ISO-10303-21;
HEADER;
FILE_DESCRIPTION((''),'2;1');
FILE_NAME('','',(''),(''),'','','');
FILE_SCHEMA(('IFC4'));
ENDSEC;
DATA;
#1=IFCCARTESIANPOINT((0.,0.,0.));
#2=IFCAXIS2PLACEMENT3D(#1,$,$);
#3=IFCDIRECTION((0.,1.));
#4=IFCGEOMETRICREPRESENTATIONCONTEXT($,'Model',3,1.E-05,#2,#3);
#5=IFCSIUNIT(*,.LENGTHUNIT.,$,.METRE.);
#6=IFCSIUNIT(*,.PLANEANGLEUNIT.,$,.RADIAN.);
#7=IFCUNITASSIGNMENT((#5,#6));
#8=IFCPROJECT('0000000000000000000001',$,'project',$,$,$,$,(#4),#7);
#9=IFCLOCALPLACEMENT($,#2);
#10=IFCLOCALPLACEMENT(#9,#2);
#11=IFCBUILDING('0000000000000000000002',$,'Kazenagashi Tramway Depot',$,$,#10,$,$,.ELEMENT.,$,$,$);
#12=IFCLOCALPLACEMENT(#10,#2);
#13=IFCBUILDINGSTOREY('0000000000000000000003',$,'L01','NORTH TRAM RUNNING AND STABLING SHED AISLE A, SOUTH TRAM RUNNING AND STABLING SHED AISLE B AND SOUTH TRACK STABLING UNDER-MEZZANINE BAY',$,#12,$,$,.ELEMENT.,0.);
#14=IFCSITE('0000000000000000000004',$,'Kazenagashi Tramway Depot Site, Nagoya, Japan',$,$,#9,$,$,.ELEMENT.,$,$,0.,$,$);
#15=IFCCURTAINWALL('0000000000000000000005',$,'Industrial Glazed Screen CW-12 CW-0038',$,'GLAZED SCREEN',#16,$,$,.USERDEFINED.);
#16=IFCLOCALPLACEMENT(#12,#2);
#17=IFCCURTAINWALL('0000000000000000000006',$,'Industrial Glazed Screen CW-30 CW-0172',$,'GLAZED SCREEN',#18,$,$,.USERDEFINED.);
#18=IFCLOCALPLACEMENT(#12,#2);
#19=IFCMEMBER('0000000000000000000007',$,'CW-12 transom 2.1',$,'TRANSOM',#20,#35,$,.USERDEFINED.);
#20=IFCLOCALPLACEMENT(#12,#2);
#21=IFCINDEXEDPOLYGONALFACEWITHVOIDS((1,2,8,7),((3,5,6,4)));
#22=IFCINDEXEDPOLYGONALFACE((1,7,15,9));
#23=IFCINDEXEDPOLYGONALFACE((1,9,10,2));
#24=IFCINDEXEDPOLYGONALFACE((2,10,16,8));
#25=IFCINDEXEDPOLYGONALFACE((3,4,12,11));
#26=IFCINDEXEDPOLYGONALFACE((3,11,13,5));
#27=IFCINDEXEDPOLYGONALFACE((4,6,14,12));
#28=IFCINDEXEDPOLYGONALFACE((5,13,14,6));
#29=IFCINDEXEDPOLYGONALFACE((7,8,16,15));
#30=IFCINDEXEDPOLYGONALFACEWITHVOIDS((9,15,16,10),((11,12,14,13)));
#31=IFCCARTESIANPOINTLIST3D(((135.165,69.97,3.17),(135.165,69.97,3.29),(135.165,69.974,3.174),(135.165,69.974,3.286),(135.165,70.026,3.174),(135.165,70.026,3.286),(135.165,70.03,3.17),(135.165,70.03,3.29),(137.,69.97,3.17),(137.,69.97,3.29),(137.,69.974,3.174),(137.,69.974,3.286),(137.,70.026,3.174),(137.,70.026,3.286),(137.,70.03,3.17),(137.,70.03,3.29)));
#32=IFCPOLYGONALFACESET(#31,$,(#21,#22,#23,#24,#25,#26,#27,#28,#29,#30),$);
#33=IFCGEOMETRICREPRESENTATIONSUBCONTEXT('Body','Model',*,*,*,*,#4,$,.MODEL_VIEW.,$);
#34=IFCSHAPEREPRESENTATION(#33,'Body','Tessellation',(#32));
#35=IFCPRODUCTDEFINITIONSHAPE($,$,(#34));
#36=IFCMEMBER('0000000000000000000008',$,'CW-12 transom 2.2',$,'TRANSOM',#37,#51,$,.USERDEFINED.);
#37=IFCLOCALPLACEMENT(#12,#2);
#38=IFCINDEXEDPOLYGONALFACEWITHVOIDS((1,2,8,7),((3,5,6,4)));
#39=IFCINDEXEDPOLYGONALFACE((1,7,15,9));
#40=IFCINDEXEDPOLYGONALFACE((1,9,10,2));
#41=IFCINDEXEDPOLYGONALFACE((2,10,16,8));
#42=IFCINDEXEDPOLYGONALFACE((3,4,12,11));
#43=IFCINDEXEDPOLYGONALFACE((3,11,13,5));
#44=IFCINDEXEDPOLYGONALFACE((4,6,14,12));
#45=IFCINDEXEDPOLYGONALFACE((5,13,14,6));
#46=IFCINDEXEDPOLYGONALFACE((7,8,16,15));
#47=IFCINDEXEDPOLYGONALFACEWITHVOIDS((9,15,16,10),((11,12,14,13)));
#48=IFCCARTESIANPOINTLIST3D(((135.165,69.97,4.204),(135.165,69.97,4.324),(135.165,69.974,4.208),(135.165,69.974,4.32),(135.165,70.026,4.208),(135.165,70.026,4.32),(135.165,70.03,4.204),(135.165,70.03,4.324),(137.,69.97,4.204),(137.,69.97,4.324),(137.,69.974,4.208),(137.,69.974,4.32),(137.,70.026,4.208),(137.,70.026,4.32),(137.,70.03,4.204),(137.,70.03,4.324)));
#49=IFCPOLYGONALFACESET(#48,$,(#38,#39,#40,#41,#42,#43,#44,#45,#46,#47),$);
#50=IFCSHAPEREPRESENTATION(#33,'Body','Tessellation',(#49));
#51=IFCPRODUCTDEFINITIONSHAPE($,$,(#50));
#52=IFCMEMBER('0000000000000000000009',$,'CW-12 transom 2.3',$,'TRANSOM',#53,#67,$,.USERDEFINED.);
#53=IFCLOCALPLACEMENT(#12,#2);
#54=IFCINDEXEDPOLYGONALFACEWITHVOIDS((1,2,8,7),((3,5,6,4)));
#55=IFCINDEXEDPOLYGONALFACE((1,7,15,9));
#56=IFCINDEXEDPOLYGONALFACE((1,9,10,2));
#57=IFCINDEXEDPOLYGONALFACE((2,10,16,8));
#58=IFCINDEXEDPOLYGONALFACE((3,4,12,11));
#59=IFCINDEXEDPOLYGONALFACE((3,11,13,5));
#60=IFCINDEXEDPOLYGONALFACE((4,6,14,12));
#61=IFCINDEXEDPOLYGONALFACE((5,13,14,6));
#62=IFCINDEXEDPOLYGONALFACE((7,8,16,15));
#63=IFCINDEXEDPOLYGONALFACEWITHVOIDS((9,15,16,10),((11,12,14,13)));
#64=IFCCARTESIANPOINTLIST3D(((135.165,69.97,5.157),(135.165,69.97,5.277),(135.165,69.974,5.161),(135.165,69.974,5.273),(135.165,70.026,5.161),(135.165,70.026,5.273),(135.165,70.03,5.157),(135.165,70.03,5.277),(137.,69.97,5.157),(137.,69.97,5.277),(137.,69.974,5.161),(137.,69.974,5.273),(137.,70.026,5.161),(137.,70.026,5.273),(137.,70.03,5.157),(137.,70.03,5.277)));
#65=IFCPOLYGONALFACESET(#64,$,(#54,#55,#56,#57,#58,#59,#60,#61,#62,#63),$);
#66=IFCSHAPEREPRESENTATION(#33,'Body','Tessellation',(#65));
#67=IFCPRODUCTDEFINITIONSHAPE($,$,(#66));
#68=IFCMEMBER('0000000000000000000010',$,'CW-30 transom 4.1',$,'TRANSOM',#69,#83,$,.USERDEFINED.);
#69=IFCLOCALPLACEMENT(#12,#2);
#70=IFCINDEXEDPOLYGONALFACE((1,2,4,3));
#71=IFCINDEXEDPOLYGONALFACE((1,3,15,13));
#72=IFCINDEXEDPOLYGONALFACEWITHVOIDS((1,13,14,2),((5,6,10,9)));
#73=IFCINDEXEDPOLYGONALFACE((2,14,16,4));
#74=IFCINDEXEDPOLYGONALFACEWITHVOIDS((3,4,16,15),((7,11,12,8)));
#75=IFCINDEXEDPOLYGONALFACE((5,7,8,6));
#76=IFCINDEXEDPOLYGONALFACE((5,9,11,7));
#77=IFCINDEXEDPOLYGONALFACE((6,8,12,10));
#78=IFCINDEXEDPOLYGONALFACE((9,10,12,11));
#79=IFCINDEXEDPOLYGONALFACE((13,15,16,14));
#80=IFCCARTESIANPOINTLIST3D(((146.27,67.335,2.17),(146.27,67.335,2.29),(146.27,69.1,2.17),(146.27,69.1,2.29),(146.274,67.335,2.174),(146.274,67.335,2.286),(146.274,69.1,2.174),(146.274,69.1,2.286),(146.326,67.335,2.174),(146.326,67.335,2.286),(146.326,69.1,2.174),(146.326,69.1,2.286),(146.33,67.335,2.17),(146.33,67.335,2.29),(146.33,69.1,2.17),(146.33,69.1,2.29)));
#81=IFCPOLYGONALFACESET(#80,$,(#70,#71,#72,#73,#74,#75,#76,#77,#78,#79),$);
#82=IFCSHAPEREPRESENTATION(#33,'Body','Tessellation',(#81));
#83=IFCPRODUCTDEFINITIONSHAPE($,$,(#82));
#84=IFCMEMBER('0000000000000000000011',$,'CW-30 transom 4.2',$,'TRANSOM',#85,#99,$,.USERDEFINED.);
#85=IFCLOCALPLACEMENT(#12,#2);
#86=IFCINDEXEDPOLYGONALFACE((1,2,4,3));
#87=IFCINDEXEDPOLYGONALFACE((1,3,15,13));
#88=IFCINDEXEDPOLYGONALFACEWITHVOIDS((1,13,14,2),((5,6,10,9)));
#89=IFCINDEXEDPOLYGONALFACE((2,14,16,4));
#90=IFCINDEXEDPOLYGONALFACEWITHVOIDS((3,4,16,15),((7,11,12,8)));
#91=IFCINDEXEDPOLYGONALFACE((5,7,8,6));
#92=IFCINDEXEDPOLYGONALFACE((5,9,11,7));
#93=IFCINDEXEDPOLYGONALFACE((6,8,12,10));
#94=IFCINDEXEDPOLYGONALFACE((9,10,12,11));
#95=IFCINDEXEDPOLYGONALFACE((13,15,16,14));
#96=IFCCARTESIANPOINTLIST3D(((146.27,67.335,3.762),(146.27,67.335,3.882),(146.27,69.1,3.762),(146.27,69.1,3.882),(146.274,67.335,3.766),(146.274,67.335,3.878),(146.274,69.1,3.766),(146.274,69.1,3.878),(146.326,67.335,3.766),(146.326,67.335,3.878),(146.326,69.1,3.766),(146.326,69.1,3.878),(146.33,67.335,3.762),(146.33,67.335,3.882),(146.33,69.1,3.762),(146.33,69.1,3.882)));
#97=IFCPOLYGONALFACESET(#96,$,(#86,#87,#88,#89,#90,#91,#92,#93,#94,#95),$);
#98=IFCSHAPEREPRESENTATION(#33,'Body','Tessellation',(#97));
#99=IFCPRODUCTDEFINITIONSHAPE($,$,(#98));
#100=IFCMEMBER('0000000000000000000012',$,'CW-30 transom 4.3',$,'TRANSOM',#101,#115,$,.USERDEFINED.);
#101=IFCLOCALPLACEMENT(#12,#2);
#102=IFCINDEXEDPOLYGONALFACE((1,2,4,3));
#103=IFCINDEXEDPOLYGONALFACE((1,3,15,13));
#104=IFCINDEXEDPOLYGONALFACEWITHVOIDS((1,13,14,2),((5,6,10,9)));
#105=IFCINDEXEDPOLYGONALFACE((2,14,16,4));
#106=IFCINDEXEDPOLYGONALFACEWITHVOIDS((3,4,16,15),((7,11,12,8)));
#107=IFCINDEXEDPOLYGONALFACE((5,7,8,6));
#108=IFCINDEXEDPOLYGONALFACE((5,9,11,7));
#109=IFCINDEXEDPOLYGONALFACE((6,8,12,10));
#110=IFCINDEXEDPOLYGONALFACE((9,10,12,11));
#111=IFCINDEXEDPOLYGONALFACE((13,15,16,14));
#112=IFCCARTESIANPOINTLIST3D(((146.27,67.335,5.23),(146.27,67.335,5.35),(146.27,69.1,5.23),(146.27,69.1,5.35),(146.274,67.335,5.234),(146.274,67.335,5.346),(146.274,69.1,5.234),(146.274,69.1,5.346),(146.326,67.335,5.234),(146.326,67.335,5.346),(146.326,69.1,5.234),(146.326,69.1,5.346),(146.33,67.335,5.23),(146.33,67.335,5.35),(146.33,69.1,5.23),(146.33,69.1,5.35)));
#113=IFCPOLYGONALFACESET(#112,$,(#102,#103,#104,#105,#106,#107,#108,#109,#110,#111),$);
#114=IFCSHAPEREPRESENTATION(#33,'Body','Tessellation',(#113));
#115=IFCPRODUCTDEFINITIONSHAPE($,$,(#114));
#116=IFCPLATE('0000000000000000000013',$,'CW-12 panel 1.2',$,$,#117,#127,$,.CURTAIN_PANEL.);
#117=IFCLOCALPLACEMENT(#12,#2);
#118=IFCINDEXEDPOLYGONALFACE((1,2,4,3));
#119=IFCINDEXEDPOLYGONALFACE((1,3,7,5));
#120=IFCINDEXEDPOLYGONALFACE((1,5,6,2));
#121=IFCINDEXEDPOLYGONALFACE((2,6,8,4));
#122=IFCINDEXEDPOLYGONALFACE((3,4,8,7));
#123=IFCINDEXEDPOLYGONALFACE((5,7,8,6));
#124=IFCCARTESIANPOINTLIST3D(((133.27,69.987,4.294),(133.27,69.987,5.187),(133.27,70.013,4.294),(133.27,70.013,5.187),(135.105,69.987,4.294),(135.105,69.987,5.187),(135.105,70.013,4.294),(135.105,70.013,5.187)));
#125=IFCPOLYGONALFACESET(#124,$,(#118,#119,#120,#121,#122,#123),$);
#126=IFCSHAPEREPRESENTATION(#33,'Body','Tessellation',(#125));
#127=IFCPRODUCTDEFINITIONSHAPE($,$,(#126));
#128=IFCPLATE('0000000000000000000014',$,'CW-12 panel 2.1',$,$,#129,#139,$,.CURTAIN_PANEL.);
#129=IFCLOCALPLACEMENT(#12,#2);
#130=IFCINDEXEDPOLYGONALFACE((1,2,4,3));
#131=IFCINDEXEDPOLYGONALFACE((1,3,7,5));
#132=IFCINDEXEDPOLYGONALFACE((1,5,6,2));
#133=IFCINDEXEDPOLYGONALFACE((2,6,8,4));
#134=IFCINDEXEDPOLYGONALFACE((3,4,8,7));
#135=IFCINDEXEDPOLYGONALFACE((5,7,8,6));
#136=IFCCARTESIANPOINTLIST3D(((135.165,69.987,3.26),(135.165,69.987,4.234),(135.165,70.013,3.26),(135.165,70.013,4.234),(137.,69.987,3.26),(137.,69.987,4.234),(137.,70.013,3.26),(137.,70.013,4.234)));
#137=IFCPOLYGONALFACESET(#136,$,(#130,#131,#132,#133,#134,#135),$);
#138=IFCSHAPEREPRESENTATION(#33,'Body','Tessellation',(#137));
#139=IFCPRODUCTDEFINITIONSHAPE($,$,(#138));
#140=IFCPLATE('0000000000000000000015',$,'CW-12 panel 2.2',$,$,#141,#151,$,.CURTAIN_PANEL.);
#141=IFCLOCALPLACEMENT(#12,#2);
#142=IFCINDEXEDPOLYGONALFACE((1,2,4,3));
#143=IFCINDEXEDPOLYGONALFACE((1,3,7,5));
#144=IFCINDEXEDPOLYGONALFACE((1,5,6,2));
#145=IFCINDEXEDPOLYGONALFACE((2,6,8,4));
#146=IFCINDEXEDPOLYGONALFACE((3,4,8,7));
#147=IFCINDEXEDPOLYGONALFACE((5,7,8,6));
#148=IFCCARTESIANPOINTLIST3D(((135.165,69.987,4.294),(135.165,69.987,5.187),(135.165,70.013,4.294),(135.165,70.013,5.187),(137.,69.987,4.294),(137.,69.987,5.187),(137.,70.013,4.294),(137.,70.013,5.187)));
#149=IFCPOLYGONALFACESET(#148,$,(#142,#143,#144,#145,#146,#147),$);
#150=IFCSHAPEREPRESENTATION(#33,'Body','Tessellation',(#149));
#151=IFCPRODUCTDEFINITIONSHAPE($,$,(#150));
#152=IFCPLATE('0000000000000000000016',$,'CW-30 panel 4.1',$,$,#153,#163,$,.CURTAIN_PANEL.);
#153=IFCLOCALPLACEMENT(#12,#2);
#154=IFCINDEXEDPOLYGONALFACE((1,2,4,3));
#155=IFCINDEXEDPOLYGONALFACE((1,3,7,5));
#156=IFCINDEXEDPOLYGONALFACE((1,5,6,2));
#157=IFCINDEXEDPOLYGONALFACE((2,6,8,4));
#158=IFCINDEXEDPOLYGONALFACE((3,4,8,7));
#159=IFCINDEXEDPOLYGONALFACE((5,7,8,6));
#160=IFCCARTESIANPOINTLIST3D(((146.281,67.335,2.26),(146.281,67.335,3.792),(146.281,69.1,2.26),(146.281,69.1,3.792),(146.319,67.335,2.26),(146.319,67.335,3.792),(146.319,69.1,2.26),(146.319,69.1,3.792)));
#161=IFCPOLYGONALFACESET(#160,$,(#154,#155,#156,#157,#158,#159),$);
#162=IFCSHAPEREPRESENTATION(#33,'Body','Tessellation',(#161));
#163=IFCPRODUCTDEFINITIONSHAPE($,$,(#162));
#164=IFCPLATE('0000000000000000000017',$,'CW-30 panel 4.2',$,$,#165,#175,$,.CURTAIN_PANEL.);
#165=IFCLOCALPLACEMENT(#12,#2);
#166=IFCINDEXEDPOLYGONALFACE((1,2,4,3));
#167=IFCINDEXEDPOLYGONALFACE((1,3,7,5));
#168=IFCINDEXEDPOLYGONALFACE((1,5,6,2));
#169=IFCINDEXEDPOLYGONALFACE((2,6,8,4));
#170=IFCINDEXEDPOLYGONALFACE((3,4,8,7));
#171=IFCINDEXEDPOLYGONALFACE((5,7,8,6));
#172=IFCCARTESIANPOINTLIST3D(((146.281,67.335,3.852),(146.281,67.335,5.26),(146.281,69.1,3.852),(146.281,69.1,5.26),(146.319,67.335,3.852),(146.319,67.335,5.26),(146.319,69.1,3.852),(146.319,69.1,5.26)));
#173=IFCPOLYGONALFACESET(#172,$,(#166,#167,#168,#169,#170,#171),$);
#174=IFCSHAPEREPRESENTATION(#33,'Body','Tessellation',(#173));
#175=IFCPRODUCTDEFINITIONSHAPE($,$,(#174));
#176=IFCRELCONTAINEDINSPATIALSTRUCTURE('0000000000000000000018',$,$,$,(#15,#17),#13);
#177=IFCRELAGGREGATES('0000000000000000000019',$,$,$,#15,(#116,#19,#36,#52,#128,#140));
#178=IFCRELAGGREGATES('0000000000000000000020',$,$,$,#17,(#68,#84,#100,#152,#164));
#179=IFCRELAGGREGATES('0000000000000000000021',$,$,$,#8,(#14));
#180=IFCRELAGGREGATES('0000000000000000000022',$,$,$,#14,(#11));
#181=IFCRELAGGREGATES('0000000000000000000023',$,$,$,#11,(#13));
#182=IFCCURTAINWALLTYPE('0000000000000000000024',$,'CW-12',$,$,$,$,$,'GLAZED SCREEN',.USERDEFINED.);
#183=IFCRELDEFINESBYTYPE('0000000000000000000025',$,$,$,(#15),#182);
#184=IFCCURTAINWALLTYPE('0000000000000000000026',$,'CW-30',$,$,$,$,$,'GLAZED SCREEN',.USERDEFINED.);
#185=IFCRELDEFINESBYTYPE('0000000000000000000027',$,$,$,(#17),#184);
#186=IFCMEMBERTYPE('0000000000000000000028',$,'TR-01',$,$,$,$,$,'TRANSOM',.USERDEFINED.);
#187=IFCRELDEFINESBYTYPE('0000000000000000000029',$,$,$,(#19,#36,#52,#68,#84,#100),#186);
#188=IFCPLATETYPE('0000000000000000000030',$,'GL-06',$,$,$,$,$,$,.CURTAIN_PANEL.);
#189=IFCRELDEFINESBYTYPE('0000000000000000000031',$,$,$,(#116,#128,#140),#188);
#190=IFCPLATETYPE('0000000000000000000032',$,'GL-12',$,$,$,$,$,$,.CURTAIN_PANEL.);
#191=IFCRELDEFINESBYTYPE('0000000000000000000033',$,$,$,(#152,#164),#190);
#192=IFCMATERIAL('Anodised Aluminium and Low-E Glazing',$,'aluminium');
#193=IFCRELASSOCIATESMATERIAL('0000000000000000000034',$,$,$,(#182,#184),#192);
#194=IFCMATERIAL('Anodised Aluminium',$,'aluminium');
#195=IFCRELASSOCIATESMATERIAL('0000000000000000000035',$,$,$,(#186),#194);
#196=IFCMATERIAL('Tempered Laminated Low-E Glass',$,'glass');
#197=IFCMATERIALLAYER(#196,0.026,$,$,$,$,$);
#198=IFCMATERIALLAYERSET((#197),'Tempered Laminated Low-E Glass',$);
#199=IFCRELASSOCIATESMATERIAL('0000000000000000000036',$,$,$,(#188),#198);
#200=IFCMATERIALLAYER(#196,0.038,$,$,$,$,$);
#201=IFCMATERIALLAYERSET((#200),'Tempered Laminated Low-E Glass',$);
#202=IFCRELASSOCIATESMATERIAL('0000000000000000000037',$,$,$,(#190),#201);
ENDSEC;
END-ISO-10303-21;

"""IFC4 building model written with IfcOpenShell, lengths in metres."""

from ifc_helpers import new_model, si_unit, direction, frame, origin, origin_2d, place, context, subcontext, project, spatial, rectangle, hollow_rectangle, extrude, material, layer, layer_set, material_profile, profile_set, type_object, element, aggregate, save


model = new_model("IFC4")

# Units and contexts
model_context = context("Model", 3, precision=1e-05, world=origin(), true_north=direction((0.0, 1.0)))
body_context = subcontext(model_context, "Body", "Model", "MODEL_VIEW")
ifc_project = project(units=[si_unit("LENGTHUNIT", "METRE"), si_unit("PLANEANGLEUNIT", "RADIAN")], contexts=[model_context])

# Site, building, storey
site_placement = place(None, origin())
site = spatial("IfcSite", under=ifc_project, at=site_placement, Name="Kazenagashi Tramway Depot Site, Nagoya, Japan", CompositionType="ELEMENT", RefElevation=0.0)
building_placement = place(site_placement, origin())
building = spatial("IfcBuilding", under=site, at=building_placement, Name="Kazenagashi Tramway Depot", CompositionType="ELEMENT")
storey_placement = place(building_placement, origin())
storey = spatial("IfcBuildingStorey", under=building, at=storey_placement, Name="L01", Description="NORTH TRAM RUNNING AND STABLING SHED AISLE A, SOUTH TRAM RUNNING AND STABLING SHED AISLE B AND SOUTH TRACK STABLING UNDER-MEZZANINE BAY", CompositionType="ELEMENT", Elevation=0.0)

# Curtain wall
ifc_material_1 = material(Name="Anodised Aluminium and Low-E Glazing", Category="aluminium")
curtain_wall_type_1 = type_object("IfcCurtainWallType", Name="CW-12", ElementType="GLAZED SCREEN", PredefinedType="USERDEFINED", material=ifc_material_1)
curtain_wall_1_placement = place(storey_placement, origin())
curtain_wall_1 = element("IfcCurtainWall", 1, at=curtain_wall_1_placement, inside=storey, type_object=curtain_wall_type_1, Name="Industrial Glazed Screen CW-12 CW-0038", ObjectType="GLAZED SCREEN", PredefinedType="USERDEFINED")
ifc_material_2 = material(Name="Anodised Aluminium", Category="aluminium")

# Curtain wall
curtain_wall_type_2 = type_object("IfcCurtainWallType", Name="CW-30", ElementType="GLAZED SCREEN", PredefinedType="USERDEFINED", material=ifc_material_1)
curtain_wall_2_placement = place(storey_placement, origin())
curtain_wall_2 = element("IfcCurtainWall", 2, at=curtain_wall_2_placement, inside=storey, type_object=curtain_wall_type_2, Name="Industrial Glazed Screen CW-30 CW-0172", ObjectType="GLAZED SCREEN", PredefinedType="USERDEFINED")

# Members
ifc_material_profile_1 = material_profile(ifc_material_2, hollow_rectangle(XDim=0.06, YDim=0.12, WallThickness=0.004, at=origin_2d()), Name="RHS-120x60x4")
ifc_profile_set_1 = profile_set([ifc_material_profile_1], Name="Anodised Aluminium")
member_type_1 = type_object("IfcMemberType", Name="TR-01", ElementType="TRANSOM", PredefinedType="USERDEFINED", material=ifc_profile_set_1)
member_1_placement = place(storey_placement, frame((135.165, 70.0, 3.23), z_axis=(1.0, 0.0, 0.0), x_axis=(0.0, 1.0, 0.0)))
member_1 = element("IfcMember", 3, at=member_1_placement, type_object=member_type_1, Name="CW-12 transom 2.1", ObjectType="TRANSOM", PredefinedType="USERDEFINED", context=body_context, shape_type="SweptSolid", body=[
    extrude(hollow_rectangle(XDim=0.06, YDim=0.12, WallThickness=0.004, at=origin_2d()), origin(), (0.0, 0.0, 1.0), 1.835),
])
member_2_placement = place(storey_placement, frame((135.165, 70.0, 4.264), z_axis=(1.0, 0.0, 0.0), x_axis=(0.0, 1.0, 0.0)))
member_2 = element("IfcMember", 4, at=member_2_placement, type_object=member_type_1, Name="CW-12 transom 2.2", ObjectType="TRANSOM", PredefinedType="USERDEFINED", context=body_context, shape_type="SweptSolid", body=[
    extrude(hollow_rectangle(XDim=0.06, YDim=0.12, WallThickness=0.004, at=origin_2d()), origin(), (0.0, 0.0, 1.0), 1.835),
])
member_3_placement = place(storey_placement, frame((135.165, 70.0, 5.217), z_axis=(1.0, 0.0, 0.0), x_axis=(0.0, 1.0, 0.0)))
member_3 = element("IfcMember", 5, at=member_3_placement, type_object=member_type_1, Name="CW-12 transom 2.3", ObjectType="TRANSOM", PredefinedType="USERDEFINED", context=body_context, shape_type="SweptSolid", body=[
    extrude(hollow_rectangle(XDim=0.06, YDim=0.12, WallThickness=0.004, at=origin_2d()), origin(), (0.0, 0.0, 1.0), 1.835),
])
member_4_placement = place(storey_placement, frame((146.3, 67.335, 2.23), z_axis=(0.0, 1.0, 0.0), x_axis=(-1.0, 0.0, 0.0)))
member_4 = element("IfcMember", 6, at=member_4_placement, type_object=member_type_1, Name="CW-30 transom 4.1", ObjectType="TRANSOM", PredefinedType="USERDEFINED", context=body_context, shape_type="SweptSolid", body=[
    extrude(hollow_rectangle(XDim=0.06, YDim=0.12, WallThickness=0.004, at=origin_2d()), origin(), (0.0, 0.0, 1.0), 1.765),
])
member_5_placement = place(storey_placement, frame((146.3, 67.335, 3.822), z_axis=(0.0, 1.0, 0.0), x_axis=(-1.0, 0.0, 0.0)))
member_5 = element("IfcMember", 7, at=member_5_placement, type_object=member_type_1, Name="CW-30 transom 4.2", ObjectType="TRANSOM", PredefinedType="USERDEFINED", context=body_context, shape_type="SweptSolid", body=[
    extrude(hollow_rectangle(XDim=0.06, YDim=0.12, WallThickness=0.004, at=origin_2d()), origin(), (0.0, 0.0, 1.0), 1.765),
])
member_6_placement = place(storey_placement, frame((146.3, 67.335, 5.29), z_axis=(0.0, 1.0, 0.0), x_axis=(-1.0, 0.0, 0.0)))
member_6 = element("IfcMember", 8, at=member_6_placement, type_object=member_type_1, Name="CW-30 transom 4.3", ObjectType="TRANSOM", PredefinedType="USERDEFINED", context=body_context, shape_type="SweptSolid", body=[
    extrude(hollow_rectangle(XDim=0.06, YDim=0.12, WallThickness=0.004, at=origin_2d()), origin(), (0.0, 0.0, 1.0), 1.765),
])

# Plates
ifc_material_3 = material(Name="Tempered Laminated Low-E Glass", Category="glass")
ifc_layer_1 = layer(ifc_material_3, 0.026)
ifc_layer_set_1 = layer_set([ifc_layer_1], Name="Tempered Laminated Low-E Glass")
plate_type_1 = type_object("IfcPlateType", Name="GL-06", PredefinedType="CURTAIN_PANEL", material=ifc_layer_set_1)
plate_1_placement = place(storey_placement, frame((134.1875, 70.0, 4.294), z_axis=(0.0, 0.0, 1.0), x_axis=(1.0, 0.0, 0.0)))
plate_1 = element("IfcPlate", 9, at=plate_1_placement, type_object=plate_type_1, Name="CW-12 panel 1.2", PredefinedType="CURTAIN_PANEL", context=body_context, shape_type="SweptSolid", body=[
    extrude(rectangle(XDim=1.835, YDim=0.026, at=origin_2d()), origin(), (0.0, 0.0, 1.0), 0.893),
])
plate_2_placement = place(storey_placement, frame((136.0825, 70.0, 3.26), z_axis=(0.0, 0.0, 1.0), x_axis=(1.0, 0.0, 0.0)))
plate_2 = element("IfcPlate", 10, at=plate_2_placement, type_object=plate_type_1, Name="CW-12 panel 2.1", PredefinedType="CURTAIN_PANEL", context=body_context, shape_type="SweptSolid", body=[
    extrude(rectangle(XDim=1.835, YDim=0.026, at=origin_2d()), origin(), (0.0, 0.0, 1.0), 0.974),
])
plate_3_placement = place(storey_placement, frame((136.0825, 70.0, 4.294), z_axis=(0.0, 0.0, 1.0), x_axis=(1.0, 0.0, 0.0)))
plate_3 = element("IfcPlate", 11, at=plate_3_placement, type_object=plate_type_1, Name="CW-12 panel 2.2", PredefinedType="CURTAIN_PANEL", context=body_context, shape_type="SweptSolid", body=[
    extrude(rectangle(XDim=1.835, YDim=0.026, at=origin_2d()), origin(), (0.0, 0.0, 1.0), 0.893),
])
aggregate(curtain_wall_1, [plate_1, member_1, member_2, member_3, plate_2, plate_3])
ifc_layer_2 = layer(ifc_material_3, 0.038)
ifc_layer_set_2 = layer_set([ifc_layer_2], Name="Tempered Laminated Low-E Glass")
plate_type_2 = type_object("IfcPlateType", Name="GL-12", PredefinedType="CURTAIN_PANEL", material=ifc_layer_set_2)
plate_4_placement = place(storey_placement, frame((146.3, 68.2175, 2.26), z_axis=(0.0, 0.0, 1.0), x_axis=(0.0, 1.0, 0.0)))
plate_4 = element("IfcPlate", 12, at=plate_4_placement, type_object=plate_type_2, Name="CW-30 panel 4.1", PredefinedType="CURTAIN_PANEL", context=body_context, shape_type="SweptSolid", body=[
    extrude(rectangle(XDim=1.765, YDim=0.038, at=origin_2d()), origin(), (0.0, 0.0, 1.0), 1.532),
])
plate_5_placement = place(storey_placement, frame((146.3, 68.2175, 3.852), z_axis=(0.0, 0.0, 1.0), x_axis=(0.0, 1.0, 0.0)))
plate_5 = element("IfcPlate", 13, at=plate_5_placement, type_object=plate_type_2, Name="CW-30 panel 4.2", PredefinedType="CURTAIN_PANEL", context=body_context, shape_type="SweptSolid", body=[
    extrude(rectangle(XDim=1.765, YDim=0.038, at=origin_2d()), origin(), (0.0, 0.0, 1.0), 1.408),
])
aggregate(curtain_wall_2, [member_4, member_5, member_6, plate_4, plate_5])

save(model, "model.ifc")
